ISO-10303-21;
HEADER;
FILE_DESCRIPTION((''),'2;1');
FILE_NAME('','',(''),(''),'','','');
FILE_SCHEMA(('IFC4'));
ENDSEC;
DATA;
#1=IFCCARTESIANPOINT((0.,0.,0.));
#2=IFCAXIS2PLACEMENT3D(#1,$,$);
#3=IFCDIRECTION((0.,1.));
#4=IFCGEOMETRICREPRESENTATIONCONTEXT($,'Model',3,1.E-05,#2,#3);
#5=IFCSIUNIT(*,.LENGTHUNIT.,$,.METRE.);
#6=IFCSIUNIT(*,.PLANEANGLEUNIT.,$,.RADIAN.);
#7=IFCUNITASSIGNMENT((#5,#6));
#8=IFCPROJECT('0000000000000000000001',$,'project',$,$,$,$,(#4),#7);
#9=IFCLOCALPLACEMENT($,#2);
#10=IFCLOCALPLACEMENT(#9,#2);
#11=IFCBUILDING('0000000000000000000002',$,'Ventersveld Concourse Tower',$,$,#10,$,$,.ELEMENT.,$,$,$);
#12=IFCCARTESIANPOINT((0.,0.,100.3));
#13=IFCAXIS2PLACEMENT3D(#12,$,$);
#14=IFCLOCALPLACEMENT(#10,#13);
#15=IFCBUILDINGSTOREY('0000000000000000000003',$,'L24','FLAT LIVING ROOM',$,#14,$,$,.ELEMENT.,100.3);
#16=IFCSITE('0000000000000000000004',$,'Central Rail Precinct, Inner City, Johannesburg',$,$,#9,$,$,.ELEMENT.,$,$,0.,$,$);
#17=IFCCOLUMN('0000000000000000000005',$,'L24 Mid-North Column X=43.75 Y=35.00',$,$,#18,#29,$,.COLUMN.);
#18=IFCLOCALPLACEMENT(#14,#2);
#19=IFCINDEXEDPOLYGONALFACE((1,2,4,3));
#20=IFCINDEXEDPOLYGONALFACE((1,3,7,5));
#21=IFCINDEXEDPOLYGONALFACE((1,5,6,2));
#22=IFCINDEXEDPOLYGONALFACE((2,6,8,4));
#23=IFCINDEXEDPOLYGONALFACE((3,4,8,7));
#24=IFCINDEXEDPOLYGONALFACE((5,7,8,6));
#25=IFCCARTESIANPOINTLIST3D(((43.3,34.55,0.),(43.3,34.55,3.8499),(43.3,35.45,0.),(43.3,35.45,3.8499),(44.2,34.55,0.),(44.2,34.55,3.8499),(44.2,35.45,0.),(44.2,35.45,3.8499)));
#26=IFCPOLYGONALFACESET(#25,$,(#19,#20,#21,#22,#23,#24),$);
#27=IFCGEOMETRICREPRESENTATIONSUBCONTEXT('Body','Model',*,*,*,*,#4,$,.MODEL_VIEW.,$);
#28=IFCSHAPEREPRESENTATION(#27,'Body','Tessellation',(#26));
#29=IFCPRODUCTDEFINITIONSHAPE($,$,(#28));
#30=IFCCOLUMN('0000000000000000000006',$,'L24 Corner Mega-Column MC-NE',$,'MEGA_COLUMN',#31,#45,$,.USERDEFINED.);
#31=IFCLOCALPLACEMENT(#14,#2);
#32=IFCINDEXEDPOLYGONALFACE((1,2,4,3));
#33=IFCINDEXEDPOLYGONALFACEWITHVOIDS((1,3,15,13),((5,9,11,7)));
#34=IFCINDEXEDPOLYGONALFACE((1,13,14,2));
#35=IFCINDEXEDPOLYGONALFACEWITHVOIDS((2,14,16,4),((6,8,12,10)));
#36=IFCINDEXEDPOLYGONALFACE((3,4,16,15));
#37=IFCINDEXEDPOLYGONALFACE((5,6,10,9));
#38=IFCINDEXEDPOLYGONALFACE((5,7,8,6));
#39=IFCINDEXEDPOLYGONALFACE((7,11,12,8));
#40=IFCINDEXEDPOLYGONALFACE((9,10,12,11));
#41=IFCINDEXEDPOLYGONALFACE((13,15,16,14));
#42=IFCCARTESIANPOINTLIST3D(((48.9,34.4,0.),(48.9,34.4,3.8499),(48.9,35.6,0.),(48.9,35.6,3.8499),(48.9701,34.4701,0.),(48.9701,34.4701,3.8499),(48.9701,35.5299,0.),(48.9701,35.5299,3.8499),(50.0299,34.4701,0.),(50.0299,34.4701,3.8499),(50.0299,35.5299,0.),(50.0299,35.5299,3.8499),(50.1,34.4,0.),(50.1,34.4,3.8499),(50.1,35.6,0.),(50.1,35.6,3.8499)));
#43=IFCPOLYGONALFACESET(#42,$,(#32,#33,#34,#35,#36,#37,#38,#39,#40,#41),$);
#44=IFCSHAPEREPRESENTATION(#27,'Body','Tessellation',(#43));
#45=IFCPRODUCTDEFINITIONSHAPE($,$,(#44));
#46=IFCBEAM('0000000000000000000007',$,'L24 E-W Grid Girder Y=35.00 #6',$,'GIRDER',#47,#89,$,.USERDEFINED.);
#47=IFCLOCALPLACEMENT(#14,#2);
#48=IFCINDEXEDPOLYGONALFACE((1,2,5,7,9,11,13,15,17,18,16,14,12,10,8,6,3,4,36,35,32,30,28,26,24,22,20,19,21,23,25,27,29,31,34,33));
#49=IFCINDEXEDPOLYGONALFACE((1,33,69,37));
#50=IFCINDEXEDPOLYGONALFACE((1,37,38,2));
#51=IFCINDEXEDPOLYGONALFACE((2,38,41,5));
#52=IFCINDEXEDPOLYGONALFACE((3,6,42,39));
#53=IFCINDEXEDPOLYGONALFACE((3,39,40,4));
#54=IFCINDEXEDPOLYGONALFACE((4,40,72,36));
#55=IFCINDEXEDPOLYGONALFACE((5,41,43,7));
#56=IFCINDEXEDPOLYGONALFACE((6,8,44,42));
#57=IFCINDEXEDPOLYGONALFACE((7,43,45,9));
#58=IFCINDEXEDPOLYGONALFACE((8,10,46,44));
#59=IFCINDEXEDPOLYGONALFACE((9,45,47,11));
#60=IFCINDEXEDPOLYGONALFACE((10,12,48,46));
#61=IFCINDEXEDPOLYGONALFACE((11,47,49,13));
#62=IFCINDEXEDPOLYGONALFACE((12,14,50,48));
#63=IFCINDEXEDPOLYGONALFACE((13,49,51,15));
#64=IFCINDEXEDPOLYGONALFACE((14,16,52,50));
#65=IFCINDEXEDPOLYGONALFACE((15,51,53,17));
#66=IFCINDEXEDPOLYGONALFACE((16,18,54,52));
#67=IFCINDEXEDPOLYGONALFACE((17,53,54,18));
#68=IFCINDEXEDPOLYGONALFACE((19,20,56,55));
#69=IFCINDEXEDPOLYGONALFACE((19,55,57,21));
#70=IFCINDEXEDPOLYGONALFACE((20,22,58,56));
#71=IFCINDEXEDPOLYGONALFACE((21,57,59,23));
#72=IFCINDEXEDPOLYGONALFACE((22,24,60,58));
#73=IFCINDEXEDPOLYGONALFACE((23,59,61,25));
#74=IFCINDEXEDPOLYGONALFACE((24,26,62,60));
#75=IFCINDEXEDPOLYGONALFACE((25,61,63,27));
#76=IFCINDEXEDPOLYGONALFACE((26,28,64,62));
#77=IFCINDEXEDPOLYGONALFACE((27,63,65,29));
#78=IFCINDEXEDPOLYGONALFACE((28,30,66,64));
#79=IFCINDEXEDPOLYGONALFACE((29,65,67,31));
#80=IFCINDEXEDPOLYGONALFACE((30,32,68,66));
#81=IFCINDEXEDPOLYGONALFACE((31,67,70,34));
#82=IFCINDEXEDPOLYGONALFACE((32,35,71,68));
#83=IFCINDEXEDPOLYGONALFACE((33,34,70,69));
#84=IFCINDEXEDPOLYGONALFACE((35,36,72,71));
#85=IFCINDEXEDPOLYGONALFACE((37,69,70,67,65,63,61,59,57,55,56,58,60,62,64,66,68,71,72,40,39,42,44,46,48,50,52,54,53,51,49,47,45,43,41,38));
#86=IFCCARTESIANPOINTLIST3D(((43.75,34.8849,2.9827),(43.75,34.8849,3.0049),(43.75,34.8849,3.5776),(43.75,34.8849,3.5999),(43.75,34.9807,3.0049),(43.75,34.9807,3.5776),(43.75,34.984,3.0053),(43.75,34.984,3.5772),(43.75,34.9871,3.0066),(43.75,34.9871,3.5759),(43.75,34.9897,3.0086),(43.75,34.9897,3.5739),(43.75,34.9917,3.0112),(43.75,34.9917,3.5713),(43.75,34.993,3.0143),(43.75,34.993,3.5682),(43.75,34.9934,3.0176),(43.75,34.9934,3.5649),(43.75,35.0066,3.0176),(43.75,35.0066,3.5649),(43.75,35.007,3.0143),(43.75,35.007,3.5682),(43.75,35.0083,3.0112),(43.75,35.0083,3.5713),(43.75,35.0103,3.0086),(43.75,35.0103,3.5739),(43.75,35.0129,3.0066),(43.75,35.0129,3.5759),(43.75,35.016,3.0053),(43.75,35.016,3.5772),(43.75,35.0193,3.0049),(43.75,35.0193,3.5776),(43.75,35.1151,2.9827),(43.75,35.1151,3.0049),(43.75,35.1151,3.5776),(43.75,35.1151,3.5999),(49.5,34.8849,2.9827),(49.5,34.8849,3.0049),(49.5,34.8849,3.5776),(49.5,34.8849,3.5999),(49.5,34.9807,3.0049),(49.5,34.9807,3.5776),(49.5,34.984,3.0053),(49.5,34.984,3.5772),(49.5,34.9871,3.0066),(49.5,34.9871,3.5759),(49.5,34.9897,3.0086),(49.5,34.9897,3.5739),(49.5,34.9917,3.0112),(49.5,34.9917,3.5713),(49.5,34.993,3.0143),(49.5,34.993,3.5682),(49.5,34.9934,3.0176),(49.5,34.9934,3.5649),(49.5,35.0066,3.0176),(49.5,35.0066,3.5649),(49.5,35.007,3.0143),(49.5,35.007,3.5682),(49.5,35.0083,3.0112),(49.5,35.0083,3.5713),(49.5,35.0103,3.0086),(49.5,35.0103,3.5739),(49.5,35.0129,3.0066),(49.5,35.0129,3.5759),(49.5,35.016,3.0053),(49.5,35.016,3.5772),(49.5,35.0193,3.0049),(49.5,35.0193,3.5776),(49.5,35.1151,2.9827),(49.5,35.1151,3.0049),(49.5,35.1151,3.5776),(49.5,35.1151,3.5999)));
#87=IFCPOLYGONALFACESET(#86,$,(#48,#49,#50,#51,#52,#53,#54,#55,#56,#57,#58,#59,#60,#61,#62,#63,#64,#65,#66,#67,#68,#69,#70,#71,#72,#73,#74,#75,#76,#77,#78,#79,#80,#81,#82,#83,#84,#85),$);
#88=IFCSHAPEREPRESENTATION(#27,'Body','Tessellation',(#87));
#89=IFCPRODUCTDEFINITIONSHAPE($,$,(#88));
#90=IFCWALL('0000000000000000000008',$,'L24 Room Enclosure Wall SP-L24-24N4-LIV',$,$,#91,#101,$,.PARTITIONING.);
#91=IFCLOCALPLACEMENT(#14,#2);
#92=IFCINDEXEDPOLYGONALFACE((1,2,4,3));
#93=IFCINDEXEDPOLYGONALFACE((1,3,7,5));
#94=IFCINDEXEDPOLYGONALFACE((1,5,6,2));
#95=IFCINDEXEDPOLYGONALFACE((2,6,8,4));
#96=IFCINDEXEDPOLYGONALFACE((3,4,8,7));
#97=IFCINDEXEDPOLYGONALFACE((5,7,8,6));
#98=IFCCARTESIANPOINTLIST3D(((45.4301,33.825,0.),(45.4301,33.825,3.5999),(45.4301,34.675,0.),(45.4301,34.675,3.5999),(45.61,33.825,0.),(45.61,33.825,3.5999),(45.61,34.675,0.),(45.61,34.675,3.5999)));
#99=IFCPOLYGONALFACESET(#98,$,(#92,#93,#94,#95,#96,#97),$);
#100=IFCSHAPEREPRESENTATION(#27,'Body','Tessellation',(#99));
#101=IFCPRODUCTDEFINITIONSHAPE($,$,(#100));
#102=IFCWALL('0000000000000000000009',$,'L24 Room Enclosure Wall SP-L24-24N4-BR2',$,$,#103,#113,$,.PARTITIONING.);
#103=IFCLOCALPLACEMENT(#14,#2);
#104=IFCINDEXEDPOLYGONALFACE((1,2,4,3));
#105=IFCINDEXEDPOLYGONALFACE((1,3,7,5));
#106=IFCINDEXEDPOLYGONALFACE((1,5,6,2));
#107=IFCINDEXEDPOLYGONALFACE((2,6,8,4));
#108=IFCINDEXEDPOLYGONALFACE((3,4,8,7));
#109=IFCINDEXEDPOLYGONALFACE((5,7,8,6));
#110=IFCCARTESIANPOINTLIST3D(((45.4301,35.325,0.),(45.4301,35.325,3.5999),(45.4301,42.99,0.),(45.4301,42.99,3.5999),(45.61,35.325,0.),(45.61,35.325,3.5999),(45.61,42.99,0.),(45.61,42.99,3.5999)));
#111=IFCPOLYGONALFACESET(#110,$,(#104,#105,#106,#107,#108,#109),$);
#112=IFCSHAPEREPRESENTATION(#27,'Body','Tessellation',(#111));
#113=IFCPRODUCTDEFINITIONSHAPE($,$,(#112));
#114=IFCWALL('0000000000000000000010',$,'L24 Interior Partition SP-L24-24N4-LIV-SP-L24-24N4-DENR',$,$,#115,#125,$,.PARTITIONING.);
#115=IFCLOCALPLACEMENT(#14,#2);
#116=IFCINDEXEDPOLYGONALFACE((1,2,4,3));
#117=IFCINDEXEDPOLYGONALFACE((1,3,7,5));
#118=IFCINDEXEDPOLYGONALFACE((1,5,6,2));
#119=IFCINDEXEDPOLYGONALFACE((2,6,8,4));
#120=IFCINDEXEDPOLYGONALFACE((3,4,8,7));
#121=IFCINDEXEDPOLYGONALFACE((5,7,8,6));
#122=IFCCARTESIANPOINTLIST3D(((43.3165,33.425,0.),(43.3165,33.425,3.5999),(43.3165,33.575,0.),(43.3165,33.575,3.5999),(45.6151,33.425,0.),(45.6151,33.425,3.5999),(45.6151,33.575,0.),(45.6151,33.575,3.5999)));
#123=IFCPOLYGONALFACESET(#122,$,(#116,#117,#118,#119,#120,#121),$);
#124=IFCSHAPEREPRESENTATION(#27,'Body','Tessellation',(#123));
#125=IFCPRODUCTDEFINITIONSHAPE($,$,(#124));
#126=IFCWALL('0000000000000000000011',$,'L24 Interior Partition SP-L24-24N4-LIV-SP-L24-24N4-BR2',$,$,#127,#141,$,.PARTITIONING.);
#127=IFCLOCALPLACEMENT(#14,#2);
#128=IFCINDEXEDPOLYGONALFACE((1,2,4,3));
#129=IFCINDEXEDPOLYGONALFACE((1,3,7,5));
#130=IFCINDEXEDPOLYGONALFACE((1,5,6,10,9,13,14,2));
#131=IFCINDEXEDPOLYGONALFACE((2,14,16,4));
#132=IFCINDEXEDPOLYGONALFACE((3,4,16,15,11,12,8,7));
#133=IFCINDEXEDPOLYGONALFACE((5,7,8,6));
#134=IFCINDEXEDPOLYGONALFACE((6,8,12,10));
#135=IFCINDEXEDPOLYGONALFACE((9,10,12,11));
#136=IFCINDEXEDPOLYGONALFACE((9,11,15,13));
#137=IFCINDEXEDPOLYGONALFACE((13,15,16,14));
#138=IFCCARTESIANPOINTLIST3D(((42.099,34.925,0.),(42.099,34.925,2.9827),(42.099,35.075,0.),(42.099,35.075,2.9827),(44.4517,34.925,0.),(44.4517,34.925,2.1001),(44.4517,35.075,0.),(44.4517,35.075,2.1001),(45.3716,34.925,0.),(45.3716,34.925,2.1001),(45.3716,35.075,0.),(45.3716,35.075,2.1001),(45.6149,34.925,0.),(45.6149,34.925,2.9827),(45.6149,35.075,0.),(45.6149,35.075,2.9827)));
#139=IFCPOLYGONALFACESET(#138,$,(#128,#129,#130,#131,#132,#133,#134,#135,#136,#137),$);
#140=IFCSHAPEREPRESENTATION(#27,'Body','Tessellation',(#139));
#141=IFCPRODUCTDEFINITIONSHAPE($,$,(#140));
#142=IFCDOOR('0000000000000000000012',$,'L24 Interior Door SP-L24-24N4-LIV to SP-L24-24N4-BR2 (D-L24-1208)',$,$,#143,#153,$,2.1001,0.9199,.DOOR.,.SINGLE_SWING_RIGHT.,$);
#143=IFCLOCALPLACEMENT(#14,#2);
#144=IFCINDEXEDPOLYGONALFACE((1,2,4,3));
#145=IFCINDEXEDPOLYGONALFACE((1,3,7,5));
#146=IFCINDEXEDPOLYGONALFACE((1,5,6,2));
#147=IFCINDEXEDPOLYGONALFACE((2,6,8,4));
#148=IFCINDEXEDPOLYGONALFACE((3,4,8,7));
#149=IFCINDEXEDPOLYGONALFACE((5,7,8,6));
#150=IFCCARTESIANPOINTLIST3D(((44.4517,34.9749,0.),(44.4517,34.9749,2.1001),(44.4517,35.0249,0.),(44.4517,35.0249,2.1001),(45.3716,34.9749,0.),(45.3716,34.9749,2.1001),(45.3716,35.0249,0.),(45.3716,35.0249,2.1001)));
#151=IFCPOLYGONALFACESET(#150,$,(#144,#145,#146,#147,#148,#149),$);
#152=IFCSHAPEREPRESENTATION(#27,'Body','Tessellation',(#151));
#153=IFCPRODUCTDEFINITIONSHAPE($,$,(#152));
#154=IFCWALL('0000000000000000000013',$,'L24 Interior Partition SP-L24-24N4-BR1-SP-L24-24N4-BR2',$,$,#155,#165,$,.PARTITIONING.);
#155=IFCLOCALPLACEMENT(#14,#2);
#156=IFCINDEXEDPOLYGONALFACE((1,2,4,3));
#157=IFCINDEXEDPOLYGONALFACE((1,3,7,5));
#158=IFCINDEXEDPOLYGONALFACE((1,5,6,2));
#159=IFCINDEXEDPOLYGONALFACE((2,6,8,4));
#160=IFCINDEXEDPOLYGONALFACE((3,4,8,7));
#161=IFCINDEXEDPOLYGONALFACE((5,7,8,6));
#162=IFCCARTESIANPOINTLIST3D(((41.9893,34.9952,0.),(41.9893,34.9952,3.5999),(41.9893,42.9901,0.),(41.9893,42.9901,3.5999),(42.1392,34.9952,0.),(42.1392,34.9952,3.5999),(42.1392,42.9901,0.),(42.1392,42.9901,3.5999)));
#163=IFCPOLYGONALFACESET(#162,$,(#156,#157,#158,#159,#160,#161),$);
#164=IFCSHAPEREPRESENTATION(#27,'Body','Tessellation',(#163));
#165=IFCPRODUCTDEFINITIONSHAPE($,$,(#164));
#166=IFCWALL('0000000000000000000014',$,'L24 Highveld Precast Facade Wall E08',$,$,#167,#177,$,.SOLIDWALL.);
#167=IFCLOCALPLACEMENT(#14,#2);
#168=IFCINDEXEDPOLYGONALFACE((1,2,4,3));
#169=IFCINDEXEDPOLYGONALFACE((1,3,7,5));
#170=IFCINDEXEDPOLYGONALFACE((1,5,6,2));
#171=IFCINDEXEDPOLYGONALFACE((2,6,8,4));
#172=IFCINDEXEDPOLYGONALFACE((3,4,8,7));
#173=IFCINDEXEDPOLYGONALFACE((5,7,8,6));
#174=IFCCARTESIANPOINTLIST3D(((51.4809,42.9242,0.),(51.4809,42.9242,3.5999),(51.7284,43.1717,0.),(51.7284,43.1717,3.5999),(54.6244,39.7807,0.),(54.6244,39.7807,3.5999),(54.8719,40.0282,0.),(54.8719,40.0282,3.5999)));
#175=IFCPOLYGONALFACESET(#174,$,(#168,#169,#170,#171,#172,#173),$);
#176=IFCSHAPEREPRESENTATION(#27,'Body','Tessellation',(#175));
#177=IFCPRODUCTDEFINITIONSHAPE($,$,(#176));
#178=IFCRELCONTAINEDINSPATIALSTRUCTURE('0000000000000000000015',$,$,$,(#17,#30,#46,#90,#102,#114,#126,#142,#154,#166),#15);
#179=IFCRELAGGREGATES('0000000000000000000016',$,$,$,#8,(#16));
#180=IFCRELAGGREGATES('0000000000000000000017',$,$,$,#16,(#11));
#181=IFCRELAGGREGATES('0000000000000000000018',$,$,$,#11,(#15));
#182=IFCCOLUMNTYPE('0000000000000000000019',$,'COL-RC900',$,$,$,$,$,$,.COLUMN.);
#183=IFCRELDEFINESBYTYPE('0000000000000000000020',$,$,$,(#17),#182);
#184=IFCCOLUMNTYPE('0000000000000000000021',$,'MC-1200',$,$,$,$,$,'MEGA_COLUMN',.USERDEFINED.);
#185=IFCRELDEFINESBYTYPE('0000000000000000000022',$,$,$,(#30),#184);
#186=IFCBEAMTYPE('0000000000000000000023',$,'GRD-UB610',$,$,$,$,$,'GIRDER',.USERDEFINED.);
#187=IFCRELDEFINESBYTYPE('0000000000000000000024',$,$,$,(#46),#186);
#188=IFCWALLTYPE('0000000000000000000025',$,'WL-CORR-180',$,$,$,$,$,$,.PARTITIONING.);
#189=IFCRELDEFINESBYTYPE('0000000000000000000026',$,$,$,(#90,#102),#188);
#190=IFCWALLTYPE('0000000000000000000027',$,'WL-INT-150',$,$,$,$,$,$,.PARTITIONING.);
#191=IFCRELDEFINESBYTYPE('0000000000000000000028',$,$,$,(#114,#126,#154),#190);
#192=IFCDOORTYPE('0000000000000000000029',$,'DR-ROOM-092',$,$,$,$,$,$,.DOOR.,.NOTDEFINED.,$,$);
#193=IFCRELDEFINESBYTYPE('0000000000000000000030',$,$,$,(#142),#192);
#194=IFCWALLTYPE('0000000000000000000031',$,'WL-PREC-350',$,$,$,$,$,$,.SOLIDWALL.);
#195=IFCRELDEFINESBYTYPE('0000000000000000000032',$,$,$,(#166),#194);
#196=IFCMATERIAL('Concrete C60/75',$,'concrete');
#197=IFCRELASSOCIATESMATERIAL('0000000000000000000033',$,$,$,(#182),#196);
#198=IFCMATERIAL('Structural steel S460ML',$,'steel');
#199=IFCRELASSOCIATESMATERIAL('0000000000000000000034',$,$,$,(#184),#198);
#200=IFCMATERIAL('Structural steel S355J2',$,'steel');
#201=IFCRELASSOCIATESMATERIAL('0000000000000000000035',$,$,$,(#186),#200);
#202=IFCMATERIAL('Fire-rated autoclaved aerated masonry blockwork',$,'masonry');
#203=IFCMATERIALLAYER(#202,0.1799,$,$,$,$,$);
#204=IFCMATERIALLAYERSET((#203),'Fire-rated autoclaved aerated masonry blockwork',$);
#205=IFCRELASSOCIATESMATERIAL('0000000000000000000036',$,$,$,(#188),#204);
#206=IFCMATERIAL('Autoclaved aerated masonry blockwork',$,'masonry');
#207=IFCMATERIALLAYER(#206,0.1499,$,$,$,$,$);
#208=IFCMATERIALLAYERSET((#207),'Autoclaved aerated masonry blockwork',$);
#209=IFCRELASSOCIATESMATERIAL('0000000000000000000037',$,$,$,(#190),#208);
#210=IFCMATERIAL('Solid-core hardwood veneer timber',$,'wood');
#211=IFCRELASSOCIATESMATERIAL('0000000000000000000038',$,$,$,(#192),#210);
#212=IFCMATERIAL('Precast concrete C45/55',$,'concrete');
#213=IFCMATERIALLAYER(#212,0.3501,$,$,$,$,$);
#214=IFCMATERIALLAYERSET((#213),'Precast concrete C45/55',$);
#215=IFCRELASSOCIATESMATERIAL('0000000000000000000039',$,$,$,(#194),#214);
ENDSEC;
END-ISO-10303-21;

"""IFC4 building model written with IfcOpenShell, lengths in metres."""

from ifc_helpers import new_model, si_unit, direction, frame, frame_2d, origin, origin_2d, place, context, subcontext, project, spatial, rectangle, hollow_rectangle, i_section, extrude, material, layer, layer_set, material_profile, profile_set, type_object, element, fill, save


model = new_model("IFC4")

# Units and contexts
model_context = context("Model", 3, precision=1e-05, world=origin(), true_north=direction((0.0, 1.0)))
body_context = subcontext(model_context, "Body", "Model", "MODEL_VIEW")
ifc_project = project(units=[si_unit("LENGTHUNIT", "METRE"), si_unit("PLANEANGLEUNIT", "RADIAN")], contexts=[model_context])

# Site, building, storey
site_placement = place(None, origin())
site = spatial("IfcSite", under=ifc_project, at=site_placement, Name="Central Rail Precinct, Inner City, Johannesburg", CompositionType="ELEMENT", RefElevation=0.0)
building_placement = place(site_placement, origin())
building = spatial("IfcBuilding", under=site, at=building_placement, Name="Ventersveld Concourse Tower", CompositionType="ELEMENT")
storey_placement = place(building_placement, frame((0.0, 0.0, 100.3)))
storey = spatial("IfcBuildingStorey", under=building, at=storey_placement, Name="L24", Description="FLAT LIVING ROOM", CompositionType="ELEMENT", Elevation=100.3)

# Columns
ifc_material_1 = material(Name="Concrete C60/75", Category="concrete")
ifc_material_profile_1 = material_profile(ifc_material_1, rectangle(XDim=0.8999, YDim=0.8999, at=origin_2d()), Name="RC 900x900")
ifc_profile_set_1 = profile_set([ifc_material_profile_1], Name="Concrete C60/75")
column_type_1 = type_object("IfcColumnType", Name="COL-RC900", PredefinedType="COLUMN", material=ifc_profile_set_1)
column_1_placement = place(storey_placement, frame((43.75, 35.0, 0.0), z_axis=(0.0, 0.0, 1.0), x_axis=(1.0, 0.0, 0.0)))
element("IfcColumn", 1, at=column_1_placement, inside=storey, type_object=column_type_1, Name="L24 Mid-North Column X=43.75 Y=35.00", PredefinedType="COLUMN", context=body_context, shape_type="SweptSolid", body=[
    extrude(rectangle(XDim=0.8999, YDim=0.8999, at=origin_2d()), origin(), (0.0, 0.0, 1.0), 3.8499),
])
ifc_material_2 = material(Name="Structural steel S460ML", Category="steel")
ifc_material_profile_2 = material_profile(ifc_material_2, hollow_rectangle(XDim=1.2, YDim=1.2, WallThickness=0.0701, at=origin_2d()), Name="BOX 1200x1200x70")
ifc_profile_set_2 = profile_set([ifc_material_profile_2], Name="Structural steel S460ML")
column_type_2 = type_object("IfcColumnType", Name="MC-1200", ElementType="MEGA_COLUMN", PredefinedType="USERDEFINED", material=ifc_profile_set_2)
column_2_placement = place(storey_placement, frame((49.5, 35.0, 0.0), z_axis=(0.0, 0.0, 1.0), x_axis=(1.0, 0.0, 0.0)))
element("IfcColumn", 2, at=column_2_placement, inside=storey, type_object=column_type_2, Name="L24 Corner Mega-Column MC-NE", ObjectType="MEGA_COLUMN", PredefinedType="USERDEFINED", context=body_context, shape_type="SweptSolid", body=[
    extrude(hollow_rectangle(XDim=1.2, YDim=1.2, WallThickness=0.0701, at=origin_2d()), origin(), (0.0, 0.0, 1.0), 3.8499),
])

# Beam
ifc_material_3 = material(Name="Structural steel S355J2", Category="steel")
ifc_material_profile_3 = material_profile(ifc_material_3, i_section(OverallWidth=0.2302, OverallDepth=0.6172, WebThickness=0.0132, FlangeThickness=0.0222, FilletRadius=0.0127, at=origin_2d()), Name="UB 610x229x140")
ifc_profile_set_3 = profile_set([ifc_material_profile_3], Name="Structural steel S355J2")
beam_type = type_object("IfcBeamType", Name="GRD-UB610", ElementType="GIRDER", PredefinedType="USERDEFINED", material=ifc_profile_set_3)
beam_placement = place(storey_placement, frame((43.75, 35.0, 3.2913), z_axis=(1.0, 0.0, 0.0), x_axis=(0.0, 1.0, 0.0)))
element("IfcBeam", 3, at=beam_placement, inside=storey, type_object=beam_type, Name="L24 E-W Grid Girder Y=35.00 #6", ObjectType="GIRDER", PredefinedType="USERDEFINED", context=body_context, shape_type="SweptSolid", body=[
    extrude(i_section(OverallWidth=0.2302, OverallDepth=0.6172, WebThickness=0.0132, FlangeThickness=0.0222, FilletRadius=0.0127, at=origin_2d()), origin(), (0.0, 0.0, 1.0), 5.75),
])

# Walls
ifc_material_4 = material(Name="Fire-rated autoclaved aerated masonry blockwork", Category="masonry")
ifc_layer_1 = layer(ifc_material_4, 0.1799)
ifc_layer_set_1 = layer_set([ifc_layer_1], Name="Fire-rated autoclaved aerated masonry blockwork")
wall_type_1 = type_object("IfcWallType", Name="WL-CORR-180", PredefinedType="PARTITIONING", material=ifc_layer_set_1)
wall_1_placement = place(storey_placement, frame((45.52, 34.675, 0.0), z_axis=(0.0, 0.0, 1.0), x_axis=(0.0, -1.0, 0.0)))
element("IfcWall", 4, at=wall_1_placement, inside=storey, type_object=wall_type_1, Name="L24 Room Enclosure Wall SP-L24-24N4-LIV", PredefinedType="PARTITIONING", context=body_context, shape_type="SweptSolid", body=[
    extrude(rectangle(XDim=0.8501, YDim=0.1799, at=frame_2d((0.425, 0.0))), origin(), (0.0, 0.0, 1.0), 3.5999),
])
wall_2_placement = place(storey_placement, frame((45.52, 42.99, 0.0), z_axis=(0.0, 0.0, 1.0), x_axis=(0.0, -1.0, 0.0)))
element("IfcWall", 5, at=wall_2_placement, inside=storey, type_object=wall_type_1, Name="L24 Room Enclosure Wall SP-L24-24N4-BR2", PredefinedType="PARTITIONING", context=body_context, shape_type="SweptSolid", body=[
    extrude(rectangle(XDim=7.665, YDim=0.1799, at=frame_2d((3.8325, 0.0))), origin(), (0.0, 0.0, 1.0), 3.5999),
])
ifc_material_5 = material(Name="Autoclaved aerated masonry blockwork", Category="masonry")
ifc_layer_2 = layer(ifc_material_5, 0.1499)
ifc_layer_set_2 = layer_set([ifc_layer_2], Name="Autoclaved aerated masonry blockwork")
wall_type_2 = type_object("IfcWallType", Name="WL-INT-150", PredefinedType="PARTITIONING", material=ifc_layer_set_2)
wall_3_placement = place(storey_placement, frame((43.3164, 33.5, 0.0), z_axis=(0.0, 0.0, 1.0), x_axis=(1.0, 0.0, 0.0)))
element("IfcWall", 6, at=wall_3_placement, inside=storey, type_object=wall_type_2, Name="L24 Interior Partition SP-L24-24N4-LIV-SP-L24-24N4-DENR", PredefinedType="PARTITIONING", context=body_context, shape_type="SweptSolid", body=[
    extrude(rectangle(XDim=2.2986, YDim=0.1499, at=frame_2d((1.1494, 0.0))), origin(), (0.0, 0.0, 1.0), 3.5999),
])

# Wall, opening, door
wall_4_placement = place(storey_placement, frame((42.0991, 35.0, 0.0), z_axis=(0.0, 0.0, 1.0), x_axis=(1.0, 0.0, 0.0)))
wall_4 = element("IfcWall", 7, at=wall_4_placement, inside=storey, type_object=wall_type_2, Name="L24 Interior Partition SP-L24-24N4-LIV-SP-L24-24N4-BR2", PredefinedType="PARTITIONING", context=body_context, shape_type="SweptSolid", body=[
    extrude(rectangle(XDim=3.5159, YDim=0.1499, at=frame_2d((1.7578, 0.0))), origin(), (0.0, 0.0, 1.0), 2.9827),
])
opening_1_placement = place(wall_4_placement, frame((2.3525, 0.0, 0.0)))
opening_1 = element("IfcOpeningElement", 8, at=opening_1_placement, cuts=wall_4, PredefinedType="OPENING", context=body_context, shape_type="SweptSolid", body=[
    extrude(rectangle(XDim=0.9199, YDim=2.1001, at=frame_2d((0.46, 1.05))), frame((0.0, 0.085, 0.0), z_axis=(0.0, -1.0, 0.0), x_axis=(1.0, 0.0, 0.0)), (0.0, 0.0, 1.0), 0.1699),
])
ifc_material_6 = material(Name="Solid-core hardwood veneer timber", Category="wood")
door_type = type_object("IfcDoorType", Name="DR-ROOM-092", OperationType="NOTDEFINED", PredefinedType="DOOR", material=ifc_material_6)
door_placement = place(opening_1_placement, origin())
door = element("IfcDoor", 9, at=door_placement, inside=storey, type_object=door_type, Name="L24 Interior Door SP-L24-24N4-LIV to SP-L24-24N4-BR2 (D-L24-1208)", OperationType="SINGLE_SWING_RIGHT", OverallHeight=2.1001, OverallWidth=0.9199, PredefinedType="DOOR", context=body_context, shape_type="SweptSolid", body=[
    extrude(rectangle(XDim=0.9199, YDim=2.1001, at=frame_2d((0.46, 1.05))), frame((0.0, 0.0249, 0.0), z_axis=(0.0, -1.0, 0.0), x_axis=(1.0, 0.0, 0.0)), (0.0, 0.0, 1.0), 0.05),
])
fill(opening_1, door)

# Walls
wall_5_placement = place(storey_placement, frame((42.0642, 34.9951, 0.0), z_axis=(0.0, 0.0, 1.0), x_axis=(0.0, 1.0, 0.0)))
element("IfcWall", 10, at=wall_5_placement, inside=storey, type_object=wall_type_2, Name="L24 Interior Partition SP-L24-24N4-BR1-SP-L24-24N4-BR2", PredefinedType="PARTITIONING", context=body_context, shape_type="SweptSolid", body=[
    extrude(rectangle(XDim=7.9949, YDim=0.1499, at=frame_2d((3.9976, 0.0))), origin(), (0.0, 0.0, 1.0), 3.5999),
])
ifc_material_7 = material(Name="Precast concrete C45/55", Category="concrete")
ifc_layer_3 = layer(ifc_material_7, 0.3501)
ifc_layer_set_3 = layer_set([ifc_layer_3], Name="Precast concrete C45/55")
wall_type_3 = type_object("IfcWallType", Name="WL-PREC-350", PredefinedType="SOLIDWALL", material=ifc_layer_set_3)
wall_6_placement = place(storey_placement, frame((54.748, 39.9045, 0.0), z_axis=(0.0, 0.0, 1.0), x_axis=(-0.707107, 0.707107, 0.0)))
element("IfcWall", 11, at=wall_6_placement, inside=storey, type_object=wall_type_3, Name="L24 Highveld Precast Facade Wall E08", PredefinedType="SOLIDWALL", context=body_context, shape_type="SweptSolid", body=[
    extrude(rectangle(XDim=4.4456, YDim=0.3501, at=frame_2d((2.2227, 0.0))), origin(), (0.0, 0.0, 1.0), 3.5999),
])

save(model, "model.ifc")
